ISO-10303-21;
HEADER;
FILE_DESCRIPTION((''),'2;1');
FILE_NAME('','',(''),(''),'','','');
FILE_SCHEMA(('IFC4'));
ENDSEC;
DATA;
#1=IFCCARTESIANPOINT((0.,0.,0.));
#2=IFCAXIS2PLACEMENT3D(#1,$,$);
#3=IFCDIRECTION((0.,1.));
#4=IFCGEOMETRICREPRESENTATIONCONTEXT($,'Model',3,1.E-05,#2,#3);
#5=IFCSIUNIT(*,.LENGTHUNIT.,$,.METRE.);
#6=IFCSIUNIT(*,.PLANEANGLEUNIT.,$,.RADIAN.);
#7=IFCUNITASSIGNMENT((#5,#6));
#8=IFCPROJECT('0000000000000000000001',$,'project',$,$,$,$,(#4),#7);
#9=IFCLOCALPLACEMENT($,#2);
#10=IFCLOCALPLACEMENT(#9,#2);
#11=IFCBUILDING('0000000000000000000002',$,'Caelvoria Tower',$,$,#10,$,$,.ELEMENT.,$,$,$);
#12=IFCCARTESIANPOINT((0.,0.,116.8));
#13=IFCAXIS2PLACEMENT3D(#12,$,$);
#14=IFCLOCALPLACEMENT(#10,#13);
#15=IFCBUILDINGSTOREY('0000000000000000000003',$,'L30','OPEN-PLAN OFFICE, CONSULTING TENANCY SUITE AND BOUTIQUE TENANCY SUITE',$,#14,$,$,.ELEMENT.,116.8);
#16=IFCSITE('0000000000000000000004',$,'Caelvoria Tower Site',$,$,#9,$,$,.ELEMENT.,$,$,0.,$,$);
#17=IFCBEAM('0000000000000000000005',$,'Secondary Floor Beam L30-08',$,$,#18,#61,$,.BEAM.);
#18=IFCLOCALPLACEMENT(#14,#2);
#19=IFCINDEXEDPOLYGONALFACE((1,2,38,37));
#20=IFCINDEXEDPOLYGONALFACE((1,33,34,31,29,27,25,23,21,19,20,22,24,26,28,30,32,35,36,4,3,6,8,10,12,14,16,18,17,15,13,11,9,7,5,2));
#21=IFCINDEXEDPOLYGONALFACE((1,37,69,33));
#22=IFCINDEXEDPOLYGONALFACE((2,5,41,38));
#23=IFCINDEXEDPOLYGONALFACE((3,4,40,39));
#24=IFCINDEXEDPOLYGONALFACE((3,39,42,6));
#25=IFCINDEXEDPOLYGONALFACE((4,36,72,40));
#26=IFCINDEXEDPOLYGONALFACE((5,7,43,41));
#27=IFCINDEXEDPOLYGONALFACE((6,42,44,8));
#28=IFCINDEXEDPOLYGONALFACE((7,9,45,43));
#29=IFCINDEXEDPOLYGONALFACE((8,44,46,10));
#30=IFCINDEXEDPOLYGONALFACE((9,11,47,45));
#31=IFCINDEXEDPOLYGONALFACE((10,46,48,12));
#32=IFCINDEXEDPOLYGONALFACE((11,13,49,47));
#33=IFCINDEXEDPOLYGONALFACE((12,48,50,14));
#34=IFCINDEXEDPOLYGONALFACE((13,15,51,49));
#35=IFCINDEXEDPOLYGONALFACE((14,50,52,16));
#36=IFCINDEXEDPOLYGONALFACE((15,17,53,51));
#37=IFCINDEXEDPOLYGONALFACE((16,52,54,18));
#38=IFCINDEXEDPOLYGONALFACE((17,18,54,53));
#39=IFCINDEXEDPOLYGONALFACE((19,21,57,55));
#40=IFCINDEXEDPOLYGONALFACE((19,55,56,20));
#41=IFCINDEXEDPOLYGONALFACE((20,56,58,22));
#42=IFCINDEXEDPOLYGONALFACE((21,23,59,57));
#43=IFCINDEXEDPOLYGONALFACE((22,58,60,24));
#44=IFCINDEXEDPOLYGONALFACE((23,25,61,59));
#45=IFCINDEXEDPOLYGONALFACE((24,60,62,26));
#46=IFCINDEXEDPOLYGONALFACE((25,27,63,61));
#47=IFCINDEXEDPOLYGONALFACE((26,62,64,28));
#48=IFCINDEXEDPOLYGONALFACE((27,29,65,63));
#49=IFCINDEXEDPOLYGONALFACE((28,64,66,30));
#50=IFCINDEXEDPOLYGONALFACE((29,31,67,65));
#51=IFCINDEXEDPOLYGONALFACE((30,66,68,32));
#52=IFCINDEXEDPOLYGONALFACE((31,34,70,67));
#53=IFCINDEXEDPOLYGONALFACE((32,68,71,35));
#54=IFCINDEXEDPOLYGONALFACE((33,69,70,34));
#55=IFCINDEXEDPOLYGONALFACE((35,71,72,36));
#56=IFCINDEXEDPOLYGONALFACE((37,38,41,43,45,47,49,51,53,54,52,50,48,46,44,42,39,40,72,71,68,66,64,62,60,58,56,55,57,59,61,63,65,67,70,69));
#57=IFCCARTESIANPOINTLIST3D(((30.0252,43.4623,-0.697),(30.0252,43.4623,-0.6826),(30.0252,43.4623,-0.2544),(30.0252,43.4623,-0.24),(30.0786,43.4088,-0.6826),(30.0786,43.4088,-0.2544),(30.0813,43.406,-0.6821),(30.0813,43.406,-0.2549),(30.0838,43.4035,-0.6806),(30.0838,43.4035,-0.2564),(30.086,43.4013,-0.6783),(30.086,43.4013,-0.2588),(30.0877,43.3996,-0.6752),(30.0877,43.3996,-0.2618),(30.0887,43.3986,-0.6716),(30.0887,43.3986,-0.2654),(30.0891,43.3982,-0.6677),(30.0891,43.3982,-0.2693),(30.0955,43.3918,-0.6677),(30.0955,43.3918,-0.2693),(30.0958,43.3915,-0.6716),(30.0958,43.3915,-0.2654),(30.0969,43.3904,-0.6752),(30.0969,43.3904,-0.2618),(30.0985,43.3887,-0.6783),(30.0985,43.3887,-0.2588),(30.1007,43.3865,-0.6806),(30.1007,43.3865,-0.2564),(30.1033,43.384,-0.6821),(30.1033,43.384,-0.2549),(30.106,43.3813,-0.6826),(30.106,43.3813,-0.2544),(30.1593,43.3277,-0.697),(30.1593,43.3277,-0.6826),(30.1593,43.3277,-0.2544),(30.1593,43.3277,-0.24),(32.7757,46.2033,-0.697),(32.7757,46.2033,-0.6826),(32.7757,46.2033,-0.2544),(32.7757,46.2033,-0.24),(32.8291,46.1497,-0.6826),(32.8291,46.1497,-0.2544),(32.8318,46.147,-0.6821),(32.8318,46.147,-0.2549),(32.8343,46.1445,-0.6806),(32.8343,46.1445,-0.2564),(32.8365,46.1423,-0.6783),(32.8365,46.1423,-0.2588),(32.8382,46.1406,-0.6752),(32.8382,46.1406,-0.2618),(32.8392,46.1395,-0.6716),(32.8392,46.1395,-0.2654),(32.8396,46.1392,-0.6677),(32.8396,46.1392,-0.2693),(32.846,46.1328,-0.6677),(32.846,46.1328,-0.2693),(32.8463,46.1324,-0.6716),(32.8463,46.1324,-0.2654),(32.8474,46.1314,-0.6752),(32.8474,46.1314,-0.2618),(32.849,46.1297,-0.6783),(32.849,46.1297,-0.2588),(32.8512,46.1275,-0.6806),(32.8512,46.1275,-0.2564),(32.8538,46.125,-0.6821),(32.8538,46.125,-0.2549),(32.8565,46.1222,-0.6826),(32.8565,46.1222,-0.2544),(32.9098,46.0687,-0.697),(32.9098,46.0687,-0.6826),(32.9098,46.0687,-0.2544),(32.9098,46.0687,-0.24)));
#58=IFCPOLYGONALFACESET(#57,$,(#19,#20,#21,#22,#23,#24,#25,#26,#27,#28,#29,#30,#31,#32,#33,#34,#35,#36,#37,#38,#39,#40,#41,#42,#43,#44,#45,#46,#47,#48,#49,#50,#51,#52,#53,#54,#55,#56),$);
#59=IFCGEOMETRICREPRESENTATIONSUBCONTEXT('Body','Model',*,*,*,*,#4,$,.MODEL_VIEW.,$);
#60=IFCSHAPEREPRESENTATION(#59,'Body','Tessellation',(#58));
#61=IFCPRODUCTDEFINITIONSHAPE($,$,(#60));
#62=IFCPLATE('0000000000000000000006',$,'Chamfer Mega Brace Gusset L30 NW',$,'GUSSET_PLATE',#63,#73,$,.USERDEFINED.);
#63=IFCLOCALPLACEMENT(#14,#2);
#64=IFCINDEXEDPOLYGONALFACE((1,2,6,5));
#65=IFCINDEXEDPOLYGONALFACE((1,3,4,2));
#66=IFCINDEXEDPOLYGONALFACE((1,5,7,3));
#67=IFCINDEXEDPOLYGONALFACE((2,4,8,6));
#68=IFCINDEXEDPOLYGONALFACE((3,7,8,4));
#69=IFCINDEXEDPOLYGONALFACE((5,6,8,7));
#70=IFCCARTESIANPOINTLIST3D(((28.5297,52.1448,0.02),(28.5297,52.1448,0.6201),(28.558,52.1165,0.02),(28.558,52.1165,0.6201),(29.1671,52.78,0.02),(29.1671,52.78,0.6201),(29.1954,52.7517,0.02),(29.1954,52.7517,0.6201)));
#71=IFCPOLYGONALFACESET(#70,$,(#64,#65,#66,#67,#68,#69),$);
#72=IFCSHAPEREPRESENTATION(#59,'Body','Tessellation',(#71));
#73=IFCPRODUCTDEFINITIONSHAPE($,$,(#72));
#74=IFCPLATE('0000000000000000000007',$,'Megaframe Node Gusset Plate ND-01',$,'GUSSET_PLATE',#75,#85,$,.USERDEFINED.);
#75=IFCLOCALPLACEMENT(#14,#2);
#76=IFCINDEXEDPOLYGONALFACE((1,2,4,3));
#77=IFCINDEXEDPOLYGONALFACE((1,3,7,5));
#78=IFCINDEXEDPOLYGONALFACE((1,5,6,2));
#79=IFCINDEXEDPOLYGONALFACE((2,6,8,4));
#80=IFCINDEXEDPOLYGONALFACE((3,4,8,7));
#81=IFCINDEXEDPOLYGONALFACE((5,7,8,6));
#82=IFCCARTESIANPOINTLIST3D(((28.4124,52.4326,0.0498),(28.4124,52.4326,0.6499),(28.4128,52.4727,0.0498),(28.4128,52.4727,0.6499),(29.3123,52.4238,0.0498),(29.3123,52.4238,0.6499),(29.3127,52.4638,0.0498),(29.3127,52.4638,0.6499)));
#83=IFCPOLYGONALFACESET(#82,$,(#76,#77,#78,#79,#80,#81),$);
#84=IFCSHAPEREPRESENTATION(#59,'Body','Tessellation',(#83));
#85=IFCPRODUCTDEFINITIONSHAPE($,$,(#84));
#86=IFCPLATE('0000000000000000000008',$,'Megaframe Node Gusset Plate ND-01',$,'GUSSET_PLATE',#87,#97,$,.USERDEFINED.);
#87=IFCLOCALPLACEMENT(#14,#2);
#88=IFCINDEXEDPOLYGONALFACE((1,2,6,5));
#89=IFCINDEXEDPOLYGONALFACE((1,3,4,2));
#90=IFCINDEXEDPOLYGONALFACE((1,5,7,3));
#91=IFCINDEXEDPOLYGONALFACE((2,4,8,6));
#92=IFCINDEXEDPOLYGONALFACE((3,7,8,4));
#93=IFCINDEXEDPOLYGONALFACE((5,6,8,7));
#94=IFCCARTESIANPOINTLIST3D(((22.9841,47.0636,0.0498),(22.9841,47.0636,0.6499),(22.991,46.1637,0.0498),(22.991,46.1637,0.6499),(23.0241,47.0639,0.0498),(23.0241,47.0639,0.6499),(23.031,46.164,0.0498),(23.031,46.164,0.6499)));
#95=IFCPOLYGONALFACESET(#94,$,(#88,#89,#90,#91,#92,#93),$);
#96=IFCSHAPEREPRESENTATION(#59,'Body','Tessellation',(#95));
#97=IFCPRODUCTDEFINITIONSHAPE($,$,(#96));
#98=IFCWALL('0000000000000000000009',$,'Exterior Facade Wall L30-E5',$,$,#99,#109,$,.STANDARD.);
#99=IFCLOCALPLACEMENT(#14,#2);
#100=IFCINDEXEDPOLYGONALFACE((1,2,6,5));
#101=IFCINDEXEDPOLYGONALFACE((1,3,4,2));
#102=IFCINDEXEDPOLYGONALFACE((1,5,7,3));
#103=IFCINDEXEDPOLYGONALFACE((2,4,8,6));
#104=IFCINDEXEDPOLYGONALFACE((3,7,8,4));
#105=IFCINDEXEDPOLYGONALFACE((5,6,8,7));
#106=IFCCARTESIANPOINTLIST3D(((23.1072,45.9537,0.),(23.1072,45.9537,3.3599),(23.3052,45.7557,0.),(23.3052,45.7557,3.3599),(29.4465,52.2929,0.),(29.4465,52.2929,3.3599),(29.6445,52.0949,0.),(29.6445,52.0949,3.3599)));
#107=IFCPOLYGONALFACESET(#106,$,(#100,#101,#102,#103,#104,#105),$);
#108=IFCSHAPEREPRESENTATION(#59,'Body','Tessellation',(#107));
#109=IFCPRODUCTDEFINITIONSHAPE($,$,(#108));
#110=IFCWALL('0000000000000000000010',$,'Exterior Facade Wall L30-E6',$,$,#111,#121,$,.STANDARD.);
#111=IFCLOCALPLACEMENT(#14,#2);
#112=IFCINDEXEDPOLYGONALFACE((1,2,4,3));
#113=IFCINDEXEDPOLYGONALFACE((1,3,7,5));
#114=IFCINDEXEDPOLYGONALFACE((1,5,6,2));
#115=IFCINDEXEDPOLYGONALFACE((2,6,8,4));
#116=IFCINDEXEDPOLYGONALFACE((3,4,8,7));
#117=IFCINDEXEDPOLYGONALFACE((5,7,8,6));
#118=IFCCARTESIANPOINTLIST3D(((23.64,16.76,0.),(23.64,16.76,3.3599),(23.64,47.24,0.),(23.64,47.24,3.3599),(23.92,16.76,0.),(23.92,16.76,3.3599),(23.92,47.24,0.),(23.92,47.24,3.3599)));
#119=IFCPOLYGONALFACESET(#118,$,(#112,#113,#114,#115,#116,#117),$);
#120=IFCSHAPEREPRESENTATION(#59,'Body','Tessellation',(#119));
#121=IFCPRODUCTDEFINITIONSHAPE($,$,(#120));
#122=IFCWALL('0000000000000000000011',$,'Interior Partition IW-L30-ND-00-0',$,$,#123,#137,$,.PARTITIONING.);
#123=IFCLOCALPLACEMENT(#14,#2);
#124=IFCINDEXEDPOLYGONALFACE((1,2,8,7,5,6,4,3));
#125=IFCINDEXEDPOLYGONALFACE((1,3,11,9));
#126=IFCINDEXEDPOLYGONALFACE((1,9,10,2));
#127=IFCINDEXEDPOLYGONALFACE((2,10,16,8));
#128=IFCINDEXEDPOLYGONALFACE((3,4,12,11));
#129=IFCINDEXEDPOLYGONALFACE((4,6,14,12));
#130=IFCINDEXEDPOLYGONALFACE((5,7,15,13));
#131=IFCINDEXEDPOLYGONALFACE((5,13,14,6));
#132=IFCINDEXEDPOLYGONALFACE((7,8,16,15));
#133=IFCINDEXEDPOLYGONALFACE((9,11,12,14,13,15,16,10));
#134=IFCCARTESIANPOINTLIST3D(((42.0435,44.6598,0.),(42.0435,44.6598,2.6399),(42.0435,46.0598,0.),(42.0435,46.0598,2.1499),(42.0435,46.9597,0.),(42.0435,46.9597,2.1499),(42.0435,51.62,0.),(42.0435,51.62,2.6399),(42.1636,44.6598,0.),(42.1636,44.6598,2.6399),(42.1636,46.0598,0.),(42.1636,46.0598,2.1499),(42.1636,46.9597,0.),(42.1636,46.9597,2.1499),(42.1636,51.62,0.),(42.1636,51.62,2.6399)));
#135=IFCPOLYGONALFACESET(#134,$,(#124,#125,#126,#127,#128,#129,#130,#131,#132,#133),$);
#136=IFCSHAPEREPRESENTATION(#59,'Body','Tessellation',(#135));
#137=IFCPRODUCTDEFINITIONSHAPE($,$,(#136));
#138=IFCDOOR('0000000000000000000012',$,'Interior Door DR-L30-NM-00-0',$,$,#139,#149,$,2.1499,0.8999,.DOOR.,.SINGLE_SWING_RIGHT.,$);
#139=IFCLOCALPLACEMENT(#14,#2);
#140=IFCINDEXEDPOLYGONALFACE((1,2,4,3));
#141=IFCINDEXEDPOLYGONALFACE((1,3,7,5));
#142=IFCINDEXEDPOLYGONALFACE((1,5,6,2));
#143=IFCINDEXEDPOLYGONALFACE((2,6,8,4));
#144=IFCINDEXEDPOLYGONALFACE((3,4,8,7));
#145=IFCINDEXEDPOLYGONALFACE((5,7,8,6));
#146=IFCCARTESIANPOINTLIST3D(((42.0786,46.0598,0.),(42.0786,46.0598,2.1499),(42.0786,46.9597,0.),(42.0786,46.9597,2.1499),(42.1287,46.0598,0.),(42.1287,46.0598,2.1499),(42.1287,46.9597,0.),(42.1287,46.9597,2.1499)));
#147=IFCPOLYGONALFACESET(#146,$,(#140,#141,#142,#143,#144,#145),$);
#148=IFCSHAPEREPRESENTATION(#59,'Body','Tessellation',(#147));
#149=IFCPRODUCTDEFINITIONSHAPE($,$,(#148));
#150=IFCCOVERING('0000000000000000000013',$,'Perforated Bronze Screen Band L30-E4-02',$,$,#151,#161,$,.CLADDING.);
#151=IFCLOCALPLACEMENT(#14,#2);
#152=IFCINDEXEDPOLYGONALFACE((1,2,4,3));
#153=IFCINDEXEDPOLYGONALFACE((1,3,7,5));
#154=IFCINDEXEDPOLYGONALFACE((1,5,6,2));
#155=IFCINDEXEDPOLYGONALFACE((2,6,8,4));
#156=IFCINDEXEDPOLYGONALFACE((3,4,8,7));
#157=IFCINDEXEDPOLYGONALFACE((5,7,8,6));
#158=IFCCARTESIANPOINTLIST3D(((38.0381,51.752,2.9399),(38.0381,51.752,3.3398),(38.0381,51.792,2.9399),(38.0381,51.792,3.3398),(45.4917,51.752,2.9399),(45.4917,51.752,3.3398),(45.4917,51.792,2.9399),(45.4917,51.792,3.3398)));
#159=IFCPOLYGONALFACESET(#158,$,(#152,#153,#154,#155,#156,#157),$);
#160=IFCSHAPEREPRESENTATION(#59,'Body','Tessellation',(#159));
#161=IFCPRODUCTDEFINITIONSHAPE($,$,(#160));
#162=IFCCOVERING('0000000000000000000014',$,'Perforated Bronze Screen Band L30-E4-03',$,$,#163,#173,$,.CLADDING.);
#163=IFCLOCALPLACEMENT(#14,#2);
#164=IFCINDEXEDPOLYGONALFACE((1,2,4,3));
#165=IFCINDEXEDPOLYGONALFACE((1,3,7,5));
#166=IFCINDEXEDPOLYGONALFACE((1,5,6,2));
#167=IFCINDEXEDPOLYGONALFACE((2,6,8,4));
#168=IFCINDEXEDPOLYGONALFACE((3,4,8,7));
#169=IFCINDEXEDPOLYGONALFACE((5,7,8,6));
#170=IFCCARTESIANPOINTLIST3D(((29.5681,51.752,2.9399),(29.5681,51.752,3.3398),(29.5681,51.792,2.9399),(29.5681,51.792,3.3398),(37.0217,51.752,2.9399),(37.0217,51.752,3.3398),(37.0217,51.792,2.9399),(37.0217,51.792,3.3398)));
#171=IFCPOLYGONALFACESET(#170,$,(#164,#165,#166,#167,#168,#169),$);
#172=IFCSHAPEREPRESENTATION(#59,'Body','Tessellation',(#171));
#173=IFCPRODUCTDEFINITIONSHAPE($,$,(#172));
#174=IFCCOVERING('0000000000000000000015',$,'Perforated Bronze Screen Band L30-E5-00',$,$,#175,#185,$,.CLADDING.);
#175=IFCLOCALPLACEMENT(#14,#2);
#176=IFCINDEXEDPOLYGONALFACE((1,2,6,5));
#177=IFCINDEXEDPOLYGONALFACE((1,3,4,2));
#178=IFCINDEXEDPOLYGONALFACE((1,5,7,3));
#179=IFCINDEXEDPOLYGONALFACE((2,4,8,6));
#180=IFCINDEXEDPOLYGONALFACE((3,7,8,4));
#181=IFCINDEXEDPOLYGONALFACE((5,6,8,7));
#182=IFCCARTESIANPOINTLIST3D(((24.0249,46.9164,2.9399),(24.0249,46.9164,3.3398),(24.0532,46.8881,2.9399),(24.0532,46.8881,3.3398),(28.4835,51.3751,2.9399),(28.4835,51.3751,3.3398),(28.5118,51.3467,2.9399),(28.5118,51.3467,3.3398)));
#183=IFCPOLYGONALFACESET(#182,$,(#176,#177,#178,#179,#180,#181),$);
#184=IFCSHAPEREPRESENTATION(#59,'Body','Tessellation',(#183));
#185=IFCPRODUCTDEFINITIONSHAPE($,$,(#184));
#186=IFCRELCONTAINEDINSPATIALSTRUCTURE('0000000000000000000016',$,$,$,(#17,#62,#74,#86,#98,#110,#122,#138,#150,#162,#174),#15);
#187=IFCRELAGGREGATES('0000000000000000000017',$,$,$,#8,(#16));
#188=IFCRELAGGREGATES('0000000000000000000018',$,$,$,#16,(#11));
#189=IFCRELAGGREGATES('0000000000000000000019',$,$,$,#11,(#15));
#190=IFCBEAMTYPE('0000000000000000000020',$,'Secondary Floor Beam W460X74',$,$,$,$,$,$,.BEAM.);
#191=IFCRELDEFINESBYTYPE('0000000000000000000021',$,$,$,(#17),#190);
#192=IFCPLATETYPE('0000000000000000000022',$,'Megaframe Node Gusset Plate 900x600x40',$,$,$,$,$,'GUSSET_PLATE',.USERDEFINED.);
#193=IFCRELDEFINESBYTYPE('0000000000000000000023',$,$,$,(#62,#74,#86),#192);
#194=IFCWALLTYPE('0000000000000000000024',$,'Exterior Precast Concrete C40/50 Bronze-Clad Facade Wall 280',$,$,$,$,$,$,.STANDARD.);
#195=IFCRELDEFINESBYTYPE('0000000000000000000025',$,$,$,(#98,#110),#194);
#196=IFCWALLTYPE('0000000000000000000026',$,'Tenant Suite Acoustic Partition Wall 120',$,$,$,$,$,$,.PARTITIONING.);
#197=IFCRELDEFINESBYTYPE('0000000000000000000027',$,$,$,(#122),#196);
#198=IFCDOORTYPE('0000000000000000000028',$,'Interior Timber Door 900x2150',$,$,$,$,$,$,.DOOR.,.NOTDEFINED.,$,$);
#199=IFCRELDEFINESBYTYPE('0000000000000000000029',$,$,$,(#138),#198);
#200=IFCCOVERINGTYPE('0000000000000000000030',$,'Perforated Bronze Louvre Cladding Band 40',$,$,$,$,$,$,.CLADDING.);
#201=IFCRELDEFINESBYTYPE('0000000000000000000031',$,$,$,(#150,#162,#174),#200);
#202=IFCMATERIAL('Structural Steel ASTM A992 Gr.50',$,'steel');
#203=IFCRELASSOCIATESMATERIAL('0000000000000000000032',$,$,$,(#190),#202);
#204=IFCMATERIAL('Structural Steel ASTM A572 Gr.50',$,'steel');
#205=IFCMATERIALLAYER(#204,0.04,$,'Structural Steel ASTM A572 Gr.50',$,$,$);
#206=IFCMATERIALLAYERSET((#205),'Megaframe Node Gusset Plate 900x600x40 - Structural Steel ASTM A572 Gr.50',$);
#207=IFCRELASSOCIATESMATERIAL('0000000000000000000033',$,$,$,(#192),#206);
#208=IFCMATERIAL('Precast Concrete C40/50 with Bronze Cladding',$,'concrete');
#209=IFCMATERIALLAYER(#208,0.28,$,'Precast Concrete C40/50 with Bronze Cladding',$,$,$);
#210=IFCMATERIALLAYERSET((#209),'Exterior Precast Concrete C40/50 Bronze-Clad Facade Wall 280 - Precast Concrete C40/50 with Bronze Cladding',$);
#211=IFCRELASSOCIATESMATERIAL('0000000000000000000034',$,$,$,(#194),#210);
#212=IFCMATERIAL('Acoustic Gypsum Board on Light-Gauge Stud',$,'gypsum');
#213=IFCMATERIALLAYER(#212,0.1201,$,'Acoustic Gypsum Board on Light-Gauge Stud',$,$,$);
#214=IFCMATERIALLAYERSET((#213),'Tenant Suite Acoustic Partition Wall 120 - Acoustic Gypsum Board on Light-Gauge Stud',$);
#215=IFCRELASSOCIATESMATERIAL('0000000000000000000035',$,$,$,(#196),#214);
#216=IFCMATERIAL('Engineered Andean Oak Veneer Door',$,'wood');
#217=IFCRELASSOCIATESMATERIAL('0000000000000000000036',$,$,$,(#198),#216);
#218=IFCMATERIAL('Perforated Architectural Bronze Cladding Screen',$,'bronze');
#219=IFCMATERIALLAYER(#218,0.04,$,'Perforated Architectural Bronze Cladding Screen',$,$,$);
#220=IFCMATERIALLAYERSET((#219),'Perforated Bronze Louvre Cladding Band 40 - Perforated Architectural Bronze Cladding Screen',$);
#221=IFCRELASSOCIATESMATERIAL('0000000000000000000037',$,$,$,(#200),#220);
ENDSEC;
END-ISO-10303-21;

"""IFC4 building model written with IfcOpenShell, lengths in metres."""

from ifc_helpers import new_model, si_unit, direction, frame, frame_2d, origin, origin_2d, place, context, subcontext, project, spatial, rectangle, i_section, extrude, material, layer, layer_set, material_profile, profile_set, type_object, element, fill, save


model = new_model("IFC4")

# Units and contexts
model_context = context("Model", 3, precision=1e-05, world=origin(), true_north=direction((0.0, 1.0)))
body_context = subcontext(model_context, "Body", "Model", "MODEL_VIEW")
ifc_project = project(units=[si_unit("LENGTHUNIT", "METRE"), si_unit("PLANEANGLEUNIT", "RADIAN")], contexts=[model_context])

# Site, building, storey
site_placement = place(None, origin())
site = spatial("IfcSite", under=ifc_project, at=site_placement, Name="Caelvoria Tower Site", CompositionType="ELEMENT", RefElevation=0.0)
building_placement = place(site_placement, origin())
building = spatial("IfcBuilding", under=site, at=building_placement, Name="Caelvoria Tower", CompositionType="ELEMENT")
storey_placement = place(building_placement, frame((0.0, 0.0, 116.8)))
storey = spatial("IfcBuildingStorey", under=building, at=storey_placement, Name="L30", Description="OPEN-PLAN OFFICE, CONSULTING TENANCY SUITE AND BOUTIQUE TENANCY SUITE", CompositionType="ELEMENT", Elevation=116.8)

# Shared definitions
ifc_material_1 = material(Name="Structural Steel ASTM A572 Gr.50", Category="steel")

# Beam
ifc_material_2 = material(Name="Structural Steel ASTM A992 Gr.50", Category="steel")
ifc_material_profile_1 = material_profile(ifc_material_2, i_section(OverallWidth=0.1899, OverallDepth=0.457, WebThickness=0.009, FlangeThickness=0.0144, FilletRadius=0.0149, at=origin_2d()), Name="Structural Steel ASTM A992 Gr.50")
ifc_profile_set_1 = profile_set([ifc_material_profile_1], Name="W460X74 - Structural Steel ASTM A992 Gr.50")
beam_type_1 = type_object("IfcBeamType", Name="Secondary Floor Beam W460X74", PredefinedType="BEAM", material=ifc_profile_set_1)
beam_1_placement = place(storey_placement, frame((32.8428, 46.136, -0.4685), z_axis=(-0.708332, -0.70588, 0.0), x_axis=(0.70588, -0.708332, 0.0)))
element("IfcBeam", 1, at=beam_1_placement, inside=storey, type_object=beam_type_1, Name="Secondary Floor Beam L30-08", PredefinedType="BEAM", context=body_context, shape_type="SweptSolid", body=[
    extrude(i_section(OverallWidth=0.1899, OverallDepth=0.457, WebThickness=0.009, FlangeThickness=0.0144, FilletRadius=0.0149, at=origin_2d()), origin(), (0.0, 0.0, 1.0), 3.8831),
])

# Plates
ifc_layer_1 = layer(ifc_material_1, 0.04, Name="Structural Steel ASTM A572 Gr.50")
ifc_layer_set_1 = layer_set([ifc_layer_1], Name="Megaframe Node Gusset Plate 900x600x40 - Structural Steel ASTM A572 Gr.50")
plate_type = type_object("IfcPlateType", Name="Megaframe Node Gusset Plate 900x600x40", ElementType="GUSSET_PLATE", PredefinedType="USERDEFINED", material=ifc_layer_set_1)
for number, where, z_axis, x_axis, name in (
    (2, (28.8625, 52.4482, 0.02), (0.0, 0.0, 1.0), (-0.708346, -0.705865, 0.0), "Chamfer Mega Brace Gusset L30 NW"),
    (3, (28.8625, 52.4482, 0.0498), (0.0, 0.0, 1.0), (0.999952, -0.009814, 0.0), "Megaframe Node Gusset Plate ND-01"),
    (4, (23.0076, 46.6138, 0.0498), (0.0, 0.0, 1.0), (0.007692, -0.99997, 0.0), "Megaframe Node Gusset Plate ND-01"),
):
    element("IfcPlate", number, at=place(storey_placement, frame(where, z_axis=z_axis, x_axis=x_axis)), inside=storey, type_object=plate_type, Name=name, ObjectType="GUSSET_PLATE", PredefinedType="USERDEFINED", context=body_context, shape_type="SweptSolid", body=[
        extrude(rectangle(XDim=0.8999, YDim=0.04, at=origin_2d()), origin(), (0.0, 0.0, 1.0), 0.6001),
    ])

# Walls
ifc_material_3 = material(Name="Precast Concrete C40/50 with Bronze Cladding", Category="concrete")
ifc_layer_2 = layer(ifc_material_3, 0.28, Name="Precast Concrete C40/50 with Bronze Cladding")
ifc_layer_set_2 = layer_set([ifc_layer_2], Name="Exterior Precast Concrete C40/50 Bronze-Clad Facade Wall 280 - Precast Concrete C40/50 with Bronze Cladding")
wall_type_1 = type_object("IfcWallType", Name="Exterior Precast Concrete C40/50 Bronze-Clad Facade Wall 280", PredefinedType="STANDARD", material=ifc_layer_set_2)
wall_1_placement = place(storey_placement, frame((29.5454, 52.1938, 0.0), z_axis=(0.0, 0.0, 1.0), x_axis=(-0.707107, -0.707107, 0.0)))
element("IfcWall", 5, at=wall_1_placement, inside=storey, type_object=wall_type_1, Name="Exterior Facade Wall L30-E5", PredefinedType="STANDARD", context=body_context, shape_type="SweptSolid", body=[
    extrude(rectangle(XDim=8.9651, YDim=0.28, at=frame_2d((4.4824, 0.0))), origin(), (0.0, 0.0, 1.0), 3.3599),
])
wall_2_placement = place(storey_placement, frame((23.78, 47.24, 0.0), z_axis=(0.0, 0.0, 1.0), x_axis=(0.0, -1.0, 0.0)))
element("IfcWall", 6, at=wall_2_placement, inside=storey, type_object=wall_type_1, Name="Exterior Facade Wall L30-E6", PredefinedType="STANDARD", context=body_context, shape_type="SweptSolid", body=[
    extrude(rectangle(XDim=30.48, YDim=0.28, at=frame_2d((15.24, 0.0))), origin(), (0.0, 0.0, 1.0), 3.3599),
])

# Wall, opening, door
ifc_material_4 = material(Name="Acoustic Gypsum Board on Light-Gauge Stud", Category="gypsum")
ifc_layer_3 = layer(ifc_material_4, 0.1201, Name="Acoustic Gypsum Board on Light-Gauge Stud")
ifc_layer_set_3 = layer_set([ifc_layer_3], Name="Tenant Suite Acoustic Partition Wall 120 - Acoustic Gypsum Board on Light-Gauge Stud")
wall_type_2 = type_object("IfcWallType", Name="Tenant Suite Acoustic Partition Wall 120", PredefinedType="PARTITIONING", material=ifc_layer_set_3)
wall_3_placement = place(storey_placement, frame((42.1035, 44.6599, 0.0), z_axis=(0.0, 0.0, 1.0), x_axis=(0.0, 1.0, 0.0)))
wall_3 = element("IfcWall", 7, at=wall_3_placement, inside=storey, type_object=wall_type_2, Name="Interior Partition IW-L30-ND-00-0", PredefinedType="PARTITIONING", context=body_context, shape_type="SweptSolid", body=[
    extrude(rectangle(XDim=6.9602, YDim=0.1201, at=frame_2d((3.48, 0.0))), origin(), (0.0, 0.0, 1.0), 2.6399),
])
opening_placement = place(wall_3_placement, frame((1.3999, 0.0, 0.0)))
opening = element("IfcOpeningElement", 8, at=opening_placement, cuts=wall_3, PredefinedType="OPENING", context=body_context, shape_type="SweptSolid", body=[
    extrude(rectangle(XDim=0.8999, YDim=2.1499, at=frame_2d((0.45, 1.075))), frame((0.0, 0.0701, 0.0), z_axis=(0.0, -1.0, 0.0), x_axis=(1.0, 0.0, 0.0)), (0.0, 0.0, 1.0), 0.1401),
])
ifc_material_5 = material(Name="Engineered Andean Oak Veneer Door", Category="wood")
door_type = type_object("IfcDoorType", Name="Interior Timber Door 900x2150", OperationType="NOTDEFINED", PredefinedType="DOOR", material=ifc_material_5)
door_placement = place(opening_placement, origin())
door = element("IfcDoor", 9, at=door_placement, inside=storey, type_object=door_type, Name="Interior Door DR-L30-NM-00-0", OperationType="SINGLE_SWING_RIGHT", OverallHeight=2.1499, OverallWidth=0.8999, PredefinedType="DOOR", context=body_context, shape_type="SweptSolid", body=[
    extrude(rectangle(XDim=0.8999, YDim=2.1499, at=frame_2d((0.45, 1.075))), frame((0.0, 0.0249, 0.0), z_axis=(0.0, -1.0, 0.0), x_axis=(1.0, 0.0, 0.0)), (0.0, 0.0, 1.0), 0.05),
])
fill(opening, door)

# Coverings
ifc_material_6 = material(Name="Perforated Architectural Bronze Cladding Screen", Category="bronze")
ifc_layer_4 = layer(ifc_material_6, 0.04, Name="Perforated Architectural Bronze Cladding Screen")
ifc_layer_set_4 = layer_set([ifc_layer_4], Name="Perforated Bronze Louvre Cladding Band 40 - Perforated Architectural Bronze Cladding Screen")
covering_type = type_object("IfcCoveringType", Name="Perforated Bronze Louvre Cladding Band 40", PredefinedType="CLADDING", material=ifc_layer_set_4)
for number, where, z_axis, x_axis, name in (
    (10, (41.7649, 51.772, 2.9399), (0.0, 0.0, 1.0), (-1.0, 0.0, 0.0), "Perforated Bronze Screen Band L30-E4-02"),
    (11, (33.2949, 51.772, 2.9399), (0.0, 0.0, 1.0), (-1.0, 0.0, 0.0), "Perforated Bronze Screen Band L30-E4-03"),
):
    element("IfcCovering", number, at=place(storey_placement, frame(where, z_axis=z_axis, x_axis=x_axis)), inside=storey, type_object=covering_type, Name=name, PredefinedType="CLADDING", context=body_context, shape_type="SweptSolid", body=[
        extrude(rectangle(XDim=7.4536, YDim=0.04, at=origin_2d()), origin(), (0.0, 0.0, 1.0), 0.3999),
    ])
covering_placement = place(storey_placement, frame((26.2683, 49.1316, 2.9399), z_axis=(0.0, 0.0, 1.0), x_axis=(-0.707107, -0.707107, 0.0)))
element("IfcCovering", 12, at=covering_placement, inside=storey, type_object=covering_type, Name="Perforated Bronze Screen Band L30-E5-00", PredefinedType="CLADDING", context=body_context, shape_type="SweptSolid", body=[
    extrude(rectangle(XDim=6.3054, YDim=0.04, at=origin_2d()), origin(), (0.0, 0.0, 1.0), 0.3999),
])

save(model, "model.ifc")
